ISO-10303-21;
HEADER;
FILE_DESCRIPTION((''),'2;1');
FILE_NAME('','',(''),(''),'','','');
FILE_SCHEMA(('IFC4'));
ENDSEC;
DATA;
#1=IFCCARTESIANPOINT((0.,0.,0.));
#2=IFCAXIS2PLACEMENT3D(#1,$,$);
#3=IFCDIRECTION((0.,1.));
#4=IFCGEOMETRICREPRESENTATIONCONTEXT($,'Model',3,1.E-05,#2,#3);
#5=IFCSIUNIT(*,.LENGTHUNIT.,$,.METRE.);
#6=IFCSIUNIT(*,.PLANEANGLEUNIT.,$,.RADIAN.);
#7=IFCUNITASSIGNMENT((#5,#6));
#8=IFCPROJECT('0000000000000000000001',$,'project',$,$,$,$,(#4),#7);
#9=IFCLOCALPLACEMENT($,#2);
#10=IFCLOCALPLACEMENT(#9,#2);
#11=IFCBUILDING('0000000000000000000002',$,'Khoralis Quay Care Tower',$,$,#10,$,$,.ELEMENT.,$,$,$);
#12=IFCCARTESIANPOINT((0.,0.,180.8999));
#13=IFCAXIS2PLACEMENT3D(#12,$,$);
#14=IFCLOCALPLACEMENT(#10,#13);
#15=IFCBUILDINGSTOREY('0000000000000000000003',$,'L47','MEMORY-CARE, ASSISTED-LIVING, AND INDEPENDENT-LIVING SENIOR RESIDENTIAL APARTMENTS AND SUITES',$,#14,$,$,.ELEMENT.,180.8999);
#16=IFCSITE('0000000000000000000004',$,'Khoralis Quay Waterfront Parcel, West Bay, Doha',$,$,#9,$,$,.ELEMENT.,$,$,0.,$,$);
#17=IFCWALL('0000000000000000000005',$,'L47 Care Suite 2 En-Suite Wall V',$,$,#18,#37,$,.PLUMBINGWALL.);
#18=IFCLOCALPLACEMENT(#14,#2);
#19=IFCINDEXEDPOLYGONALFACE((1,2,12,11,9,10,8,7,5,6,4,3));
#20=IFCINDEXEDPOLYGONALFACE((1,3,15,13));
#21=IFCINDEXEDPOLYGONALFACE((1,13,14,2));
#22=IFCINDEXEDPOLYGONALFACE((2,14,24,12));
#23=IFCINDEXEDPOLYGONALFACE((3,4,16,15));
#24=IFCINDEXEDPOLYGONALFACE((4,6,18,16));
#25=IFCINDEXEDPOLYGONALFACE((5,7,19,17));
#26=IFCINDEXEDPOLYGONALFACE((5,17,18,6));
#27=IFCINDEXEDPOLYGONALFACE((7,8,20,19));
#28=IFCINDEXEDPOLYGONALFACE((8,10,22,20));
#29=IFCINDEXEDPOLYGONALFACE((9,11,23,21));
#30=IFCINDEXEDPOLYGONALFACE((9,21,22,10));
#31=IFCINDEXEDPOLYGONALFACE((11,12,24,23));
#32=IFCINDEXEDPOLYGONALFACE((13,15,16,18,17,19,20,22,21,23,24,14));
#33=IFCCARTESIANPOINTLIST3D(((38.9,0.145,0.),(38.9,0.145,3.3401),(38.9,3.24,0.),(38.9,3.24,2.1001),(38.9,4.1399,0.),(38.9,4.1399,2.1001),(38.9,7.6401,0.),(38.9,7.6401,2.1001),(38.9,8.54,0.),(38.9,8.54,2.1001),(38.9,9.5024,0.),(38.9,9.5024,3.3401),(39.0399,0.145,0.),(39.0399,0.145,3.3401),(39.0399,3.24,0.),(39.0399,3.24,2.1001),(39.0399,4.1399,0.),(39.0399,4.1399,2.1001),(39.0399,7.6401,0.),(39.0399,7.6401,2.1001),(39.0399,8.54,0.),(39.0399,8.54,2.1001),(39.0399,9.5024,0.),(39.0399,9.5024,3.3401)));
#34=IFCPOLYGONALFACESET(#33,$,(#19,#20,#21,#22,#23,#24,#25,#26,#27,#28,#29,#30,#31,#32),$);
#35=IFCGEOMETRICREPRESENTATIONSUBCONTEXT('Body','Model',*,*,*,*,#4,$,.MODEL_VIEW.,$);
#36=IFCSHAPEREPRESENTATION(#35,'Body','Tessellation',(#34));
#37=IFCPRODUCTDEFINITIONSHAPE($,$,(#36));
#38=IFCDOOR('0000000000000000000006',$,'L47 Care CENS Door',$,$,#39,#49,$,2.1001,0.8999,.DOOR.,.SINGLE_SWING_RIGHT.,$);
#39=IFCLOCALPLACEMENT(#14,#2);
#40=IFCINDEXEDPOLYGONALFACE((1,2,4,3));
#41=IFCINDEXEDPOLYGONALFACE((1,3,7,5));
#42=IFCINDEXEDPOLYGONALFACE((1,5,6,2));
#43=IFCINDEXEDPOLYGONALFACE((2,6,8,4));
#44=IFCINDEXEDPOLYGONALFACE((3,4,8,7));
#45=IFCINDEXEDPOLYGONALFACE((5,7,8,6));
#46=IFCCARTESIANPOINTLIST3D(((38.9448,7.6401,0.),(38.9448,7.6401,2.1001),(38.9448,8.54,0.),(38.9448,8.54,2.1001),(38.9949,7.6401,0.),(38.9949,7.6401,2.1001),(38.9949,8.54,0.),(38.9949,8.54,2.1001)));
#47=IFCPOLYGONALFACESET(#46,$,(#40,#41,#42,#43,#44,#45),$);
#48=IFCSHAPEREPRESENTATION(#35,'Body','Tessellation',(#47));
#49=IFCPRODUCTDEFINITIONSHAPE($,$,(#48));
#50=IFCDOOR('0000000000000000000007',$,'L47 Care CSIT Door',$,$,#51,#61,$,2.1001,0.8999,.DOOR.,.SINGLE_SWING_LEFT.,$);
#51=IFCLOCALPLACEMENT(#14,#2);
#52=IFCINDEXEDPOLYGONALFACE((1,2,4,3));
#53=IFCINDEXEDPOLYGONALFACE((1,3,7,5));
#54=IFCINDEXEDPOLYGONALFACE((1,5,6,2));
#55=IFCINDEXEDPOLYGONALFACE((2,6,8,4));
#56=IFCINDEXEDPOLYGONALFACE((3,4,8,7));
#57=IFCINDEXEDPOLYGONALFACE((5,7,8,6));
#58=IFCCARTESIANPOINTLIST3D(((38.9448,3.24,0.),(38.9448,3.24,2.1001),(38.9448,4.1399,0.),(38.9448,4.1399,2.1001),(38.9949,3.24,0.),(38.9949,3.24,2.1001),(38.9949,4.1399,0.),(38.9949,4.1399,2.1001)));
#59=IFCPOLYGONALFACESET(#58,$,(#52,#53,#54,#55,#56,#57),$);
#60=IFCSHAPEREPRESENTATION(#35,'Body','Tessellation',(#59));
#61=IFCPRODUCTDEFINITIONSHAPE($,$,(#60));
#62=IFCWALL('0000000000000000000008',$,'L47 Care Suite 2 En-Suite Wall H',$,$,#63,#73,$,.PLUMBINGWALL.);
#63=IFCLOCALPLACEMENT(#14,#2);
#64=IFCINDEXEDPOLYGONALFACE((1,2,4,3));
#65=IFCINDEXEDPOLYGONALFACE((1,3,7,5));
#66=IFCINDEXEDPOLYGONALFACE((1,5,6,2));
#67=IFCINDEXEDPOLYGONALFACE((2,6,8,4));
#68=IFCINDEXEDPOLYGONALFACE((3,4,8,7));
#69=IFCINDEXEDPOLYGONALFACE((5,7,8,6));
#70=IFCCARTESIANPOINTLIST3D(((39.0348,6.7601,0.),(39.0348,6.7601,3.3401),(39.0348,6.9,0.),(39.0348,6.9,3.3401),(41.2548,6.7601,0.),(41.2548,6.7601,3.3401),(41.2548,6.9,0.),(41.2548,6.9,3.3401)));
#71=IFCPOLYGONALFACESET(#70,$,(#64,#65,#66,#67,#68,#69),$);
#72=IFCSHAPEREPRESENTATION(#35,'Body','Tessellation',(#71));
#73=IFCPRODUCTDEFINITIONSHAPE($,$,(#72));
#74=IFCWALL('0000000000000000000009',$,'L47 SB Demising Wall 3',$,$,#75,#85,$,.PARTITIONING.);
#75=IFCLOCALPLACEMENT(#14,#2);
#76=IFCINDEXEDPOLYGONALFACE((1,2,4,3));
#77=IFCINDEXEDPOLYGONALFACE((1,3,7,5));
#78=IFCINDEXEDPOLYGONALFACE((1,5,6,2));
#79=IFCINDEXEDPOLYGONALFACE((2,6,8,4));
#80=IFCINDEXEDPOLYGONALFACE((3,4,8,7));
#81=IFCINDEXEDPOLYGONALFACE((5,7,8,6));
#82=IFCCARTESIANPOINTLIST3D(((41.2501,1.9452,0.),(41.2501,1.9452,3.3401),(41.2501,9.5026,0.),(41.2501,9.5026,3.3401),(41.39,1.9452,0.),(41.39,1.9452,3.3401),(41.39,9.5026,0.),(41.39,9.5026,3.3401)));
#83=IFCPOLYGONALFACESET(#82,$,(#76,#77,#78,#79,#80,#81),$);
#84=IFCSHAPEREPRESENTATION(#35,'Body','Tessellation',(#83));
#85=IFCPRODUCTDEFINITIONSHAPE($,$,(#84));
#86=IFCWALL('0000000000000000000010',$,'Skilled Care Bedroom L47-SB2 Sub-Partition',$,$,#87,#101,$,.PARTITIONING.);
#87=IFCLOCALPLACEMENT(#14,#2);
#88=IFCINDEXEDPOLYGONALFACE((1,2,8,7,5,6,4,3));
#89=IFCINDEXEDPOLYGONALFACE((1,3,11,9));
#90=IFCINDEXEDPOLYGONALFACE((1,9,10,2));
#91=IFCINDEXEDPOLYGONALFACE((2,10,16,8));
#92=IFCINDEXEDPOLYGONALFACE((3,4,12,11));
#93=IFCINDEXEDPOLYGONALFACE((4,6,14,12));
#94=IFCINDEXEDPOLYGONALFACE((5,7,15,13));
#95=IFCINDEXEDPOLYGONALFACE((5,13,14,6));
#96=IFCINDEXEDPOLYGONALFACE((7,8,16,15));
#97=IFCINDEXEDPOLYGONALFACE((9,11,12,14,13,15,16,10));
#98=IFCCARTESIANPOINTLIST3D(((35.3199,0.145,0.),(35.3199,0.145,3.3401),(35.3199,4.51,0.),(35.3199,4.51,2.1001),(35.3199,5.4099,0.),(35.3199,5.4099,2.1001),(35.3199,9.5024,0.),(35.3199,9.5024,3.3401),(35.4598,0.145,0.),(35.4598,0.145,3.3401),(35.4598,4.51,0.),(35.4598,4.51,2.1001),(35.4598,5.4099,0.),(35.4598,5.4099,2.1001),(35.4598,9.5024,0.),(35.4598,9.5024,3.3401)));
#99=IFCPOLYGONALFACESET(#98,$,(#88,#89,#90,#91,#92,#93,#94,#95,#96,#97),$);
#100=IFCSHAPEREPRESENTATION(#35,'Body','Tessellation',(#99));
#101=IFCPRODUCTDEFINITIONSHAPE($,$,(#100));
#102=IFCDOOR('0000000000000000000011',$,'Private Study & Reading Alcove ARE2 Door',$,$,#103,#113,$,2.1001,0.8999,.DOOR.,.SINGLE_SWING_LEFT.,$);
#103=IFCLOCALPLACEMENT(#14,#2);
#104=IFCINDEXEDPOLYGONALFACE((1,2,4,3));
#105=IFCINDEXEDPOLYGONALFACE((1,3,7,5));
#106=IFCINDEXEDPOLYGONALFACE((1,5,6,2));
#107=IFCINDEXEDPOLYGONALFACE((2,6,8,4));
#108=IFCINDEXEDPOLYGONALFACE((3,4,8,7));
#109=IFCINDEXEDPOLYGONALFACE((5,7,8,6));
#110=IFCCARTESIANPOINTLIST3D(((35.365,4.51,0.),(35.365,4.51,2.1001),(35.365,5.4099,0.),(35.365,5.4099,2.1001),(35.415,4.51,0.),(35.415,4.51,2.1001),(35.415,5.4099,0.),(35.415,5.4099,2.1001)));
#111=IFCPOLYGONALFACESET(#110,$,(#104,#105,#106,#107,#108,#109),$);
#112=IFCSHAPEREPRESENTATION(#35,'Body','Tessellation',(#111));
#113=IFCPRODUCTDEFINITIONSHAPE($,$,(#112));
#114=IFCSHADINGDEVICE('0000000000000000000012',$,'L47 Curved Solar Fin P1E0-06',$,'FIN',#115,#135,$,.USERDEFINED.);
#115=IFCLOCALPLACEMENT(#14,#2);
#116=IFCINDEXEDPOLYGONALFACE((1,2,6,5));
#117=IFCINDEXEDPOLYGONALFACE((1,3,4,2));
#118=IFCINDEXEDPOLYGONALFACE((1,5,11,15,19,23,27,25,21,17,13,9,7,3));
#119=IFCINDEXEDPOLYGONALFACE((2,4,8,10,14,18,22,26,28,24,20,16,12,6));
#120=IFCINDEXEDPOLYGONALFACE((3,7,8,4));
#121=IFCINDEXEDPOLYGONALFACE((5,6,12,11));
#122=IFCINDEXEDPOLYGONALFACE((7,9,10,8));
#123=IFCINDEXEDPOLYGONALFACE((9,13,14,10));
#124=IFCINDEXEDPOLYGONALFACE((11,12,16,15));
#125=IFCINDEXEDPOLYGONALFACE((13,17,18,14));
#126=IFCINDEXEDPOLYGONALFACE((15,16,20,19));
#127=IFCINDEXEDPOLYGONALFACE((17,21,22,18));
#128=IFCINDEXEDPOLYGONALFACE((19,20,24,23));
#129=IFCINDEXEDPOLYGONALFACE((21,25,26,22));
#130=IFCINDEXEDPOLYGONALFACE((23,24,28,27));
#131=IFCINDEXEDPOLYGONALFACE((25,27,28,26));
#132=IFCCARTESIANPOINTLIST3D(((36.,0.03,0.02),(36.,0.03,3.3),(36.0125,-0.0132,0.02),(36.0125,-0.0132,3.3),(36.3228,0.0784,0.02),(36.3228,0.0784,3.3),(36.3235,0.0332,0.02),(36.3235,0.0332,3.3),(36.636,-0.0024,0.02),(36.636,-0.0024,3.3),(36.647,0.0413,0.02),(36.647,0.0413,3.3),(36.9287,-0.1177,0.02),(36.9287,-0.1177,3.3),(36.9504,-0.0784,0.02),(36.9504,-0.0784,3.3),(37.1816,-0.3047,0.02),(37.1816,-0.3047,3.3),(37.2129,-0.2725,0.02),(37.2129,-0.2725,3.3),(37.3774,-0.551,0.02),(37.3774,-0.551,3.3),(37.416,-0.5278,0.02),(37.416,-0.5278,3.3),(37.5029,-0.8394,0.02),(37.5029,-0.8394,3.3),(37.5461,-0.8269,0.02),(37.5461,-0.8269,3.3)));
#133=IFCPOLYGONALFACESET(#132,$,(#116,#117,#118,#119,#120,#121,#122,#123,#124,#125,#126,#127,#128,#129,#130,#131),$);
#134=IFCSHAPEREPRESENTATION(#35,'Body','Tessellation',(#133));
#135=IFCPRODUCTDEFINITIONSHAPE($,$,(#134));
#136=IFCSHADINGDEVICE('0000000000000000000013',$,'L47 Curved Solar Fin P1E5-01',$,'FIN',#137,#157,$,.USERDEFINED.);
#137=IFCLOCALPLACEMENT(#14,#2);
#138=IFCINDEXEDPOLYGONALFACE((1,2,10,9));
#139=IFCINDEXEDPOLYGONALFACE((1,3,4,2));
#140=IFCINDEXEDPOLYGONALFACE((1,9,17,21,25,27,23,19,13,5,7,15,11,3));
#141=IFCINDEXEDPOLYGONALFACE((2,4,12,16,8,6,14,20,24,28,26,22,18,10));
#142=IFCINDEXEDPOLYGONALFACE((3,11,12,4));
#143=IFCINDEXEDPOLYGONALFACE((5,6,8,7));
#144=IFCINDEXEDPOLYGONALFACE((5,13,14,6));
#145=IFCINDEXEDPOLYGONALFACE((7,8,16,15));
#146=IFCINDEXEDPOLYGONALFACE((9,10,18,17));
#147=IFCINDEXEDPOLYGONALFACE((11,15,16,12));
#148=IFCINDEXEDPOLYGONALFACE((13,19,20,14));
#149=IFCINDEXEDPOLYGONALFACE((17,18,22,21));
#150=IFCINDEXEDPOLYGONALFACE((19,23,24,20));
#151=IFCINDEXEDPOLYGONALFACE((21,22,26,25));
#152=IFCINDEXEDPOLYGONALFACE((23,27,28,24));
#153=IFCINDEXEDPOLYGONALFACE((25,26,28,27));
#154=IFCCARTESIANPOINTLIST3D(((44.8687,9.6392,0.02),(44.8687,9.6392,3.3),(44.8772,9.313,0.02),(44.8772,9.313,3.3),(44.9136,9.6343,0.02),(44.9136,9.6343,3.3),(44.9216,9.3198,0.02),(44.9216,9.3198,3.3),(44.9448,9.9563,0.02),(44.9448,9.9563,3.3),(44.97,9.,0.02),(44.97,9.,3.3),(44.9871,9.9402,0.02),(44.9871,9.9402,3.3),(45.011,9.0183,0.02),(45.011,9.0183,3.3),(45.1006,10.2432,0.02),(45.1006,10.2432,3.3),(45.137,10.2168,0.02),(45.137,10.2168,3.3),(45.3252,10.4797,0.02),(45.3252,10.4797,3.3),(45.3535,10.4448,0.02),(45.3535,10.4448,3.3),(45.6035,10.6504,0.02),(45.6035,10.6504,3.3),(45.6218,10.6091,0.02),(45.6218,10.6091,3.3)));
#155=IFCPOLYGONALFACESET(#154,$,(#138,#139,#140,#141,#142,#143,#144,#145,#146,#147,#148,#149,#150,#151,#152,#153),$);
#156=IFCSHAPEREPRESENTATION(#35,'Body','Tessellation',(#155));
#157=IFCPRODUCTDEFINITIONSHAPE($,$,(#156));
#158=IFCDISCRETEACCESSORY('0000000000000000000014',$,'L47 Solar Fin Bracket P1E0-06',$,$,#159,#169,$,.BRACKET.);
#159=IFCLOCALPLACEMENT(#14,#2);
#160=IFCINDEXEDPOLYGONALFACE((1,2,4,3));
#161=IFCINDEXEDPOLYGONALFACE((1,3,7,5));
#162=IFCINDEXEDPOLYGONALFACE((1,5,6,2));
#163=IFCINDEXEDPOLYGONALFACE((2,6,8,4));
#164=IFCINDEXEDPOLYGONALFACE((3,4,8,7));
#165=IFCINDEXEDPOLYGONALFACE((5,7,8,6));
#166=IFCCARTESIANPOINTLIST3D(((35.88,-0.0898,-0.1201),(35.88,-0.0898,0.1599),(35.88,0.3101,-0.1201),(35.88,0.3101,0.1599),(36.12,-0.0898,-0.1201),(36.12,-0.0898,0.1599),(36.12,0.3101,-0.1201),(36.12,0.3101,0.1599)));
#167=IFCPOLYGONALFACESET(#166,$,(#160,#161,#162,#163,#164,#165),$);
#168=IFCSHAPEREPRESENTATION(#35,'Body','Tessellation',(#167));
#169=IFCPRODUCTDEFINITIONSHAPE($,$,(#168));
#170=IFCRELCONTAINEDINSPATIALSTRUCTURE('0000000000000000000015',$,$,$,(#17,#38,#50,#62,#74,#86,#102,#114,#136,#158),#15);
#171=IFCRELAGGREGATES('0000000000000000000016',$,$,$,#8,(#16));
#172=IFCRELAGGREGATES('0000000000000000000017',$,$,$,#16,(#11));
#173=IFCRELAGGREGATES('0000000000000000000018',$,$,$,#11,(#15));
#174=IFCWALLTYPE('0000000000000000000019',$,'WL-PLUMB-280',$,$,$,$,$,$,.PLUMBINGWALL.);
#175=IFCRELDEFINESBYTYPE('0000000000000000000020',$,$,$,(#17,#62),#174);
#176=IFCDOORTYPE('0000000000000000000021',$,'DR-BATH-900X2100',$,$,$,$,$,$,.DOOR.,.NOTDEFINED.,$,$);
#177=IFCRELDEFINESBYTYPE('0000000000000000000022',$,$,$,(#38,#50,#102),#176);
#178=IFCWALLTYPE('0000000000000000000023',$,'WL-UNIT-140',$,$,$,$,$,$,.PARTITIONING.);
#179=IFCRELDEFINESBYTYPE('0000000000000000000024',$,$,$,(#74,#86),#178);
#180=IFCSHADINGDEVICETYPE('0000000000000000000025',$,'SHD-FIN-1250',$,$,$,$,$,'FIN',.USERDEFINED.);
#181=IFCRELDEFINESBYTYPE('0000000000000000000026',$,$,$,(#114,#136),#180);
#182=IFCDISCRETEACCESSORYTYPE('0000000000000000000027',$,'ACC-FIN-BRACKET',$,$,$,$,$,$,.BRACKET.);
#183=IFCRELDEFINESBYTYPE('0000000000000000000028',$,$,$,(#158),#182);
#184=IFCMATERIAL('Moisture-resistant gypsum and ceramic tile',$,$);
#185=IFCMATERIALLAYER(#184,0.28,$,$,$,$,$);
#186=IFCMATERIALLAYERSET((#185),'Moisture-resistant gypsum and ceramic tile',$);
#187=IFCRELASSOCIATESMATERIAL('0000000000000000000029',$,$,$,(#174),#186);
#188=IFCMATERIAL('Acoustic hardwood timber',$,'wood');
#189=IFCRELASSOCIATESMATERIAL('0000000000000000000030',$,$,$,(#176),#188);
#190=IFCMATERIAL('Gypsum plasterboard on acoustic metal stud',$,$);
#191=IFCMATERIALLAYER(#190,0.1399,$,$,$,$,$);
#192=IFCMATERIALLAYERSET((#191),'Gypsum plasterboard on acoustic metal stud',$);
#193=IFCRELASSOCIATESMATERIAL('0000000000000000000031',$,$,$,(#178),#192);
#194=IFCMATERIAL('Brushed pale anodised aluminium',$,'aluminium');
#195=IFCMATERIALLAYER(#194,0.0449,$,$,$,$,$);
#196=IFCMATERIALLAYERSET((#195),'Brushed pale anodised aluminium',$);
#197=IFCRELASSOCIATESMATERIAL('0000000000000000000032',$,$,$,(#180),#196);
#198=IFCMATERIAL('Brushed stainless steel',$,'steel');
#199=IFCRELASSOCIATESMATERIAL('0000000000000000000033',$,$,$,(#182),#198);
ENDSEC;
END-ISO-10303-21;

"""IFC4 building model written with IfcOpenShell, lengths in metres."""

from ifc_helpers import new_model, si_unit, direction, frame, frame_2d, origin, origin_2d, place, context, subcontext, project, spatial, polyline, rectangle, outline, extrude, source, transform, mapped, material, layer, layer_set, type_object, element, fill, save


model = new_model("IFC4")

# Units and contexts
model_context = context("Model", 3, precision=1e-05, world=origin(), true_north=direction((0.0, 1.0)))
body_context = subcontext(model_context, "Body", "Model", "MODEL_VIEW")
ifc_project = project(units=[si_unit("LENGTHUNIT", "METRE"), si_unit("PLANEANGLEUNIT", "RADIAN")], contexts=[model_context])

# Site, building, storey
site_placement = place(None, origin())
site = spatial("IfcSite", under=ifc_project, at=site_placement, Name="Khoralis Quay Waterfront Parcel, West Bay, Doha", CompositionType="ELEMENT", RefElevation=0.0)
building_placement = place(site_placement, origin())
building = spatial("IfcBuilding", under=site, at=building_placement, Name="Khoralis Quay Care Tower", CompositionType="ELEMENT")
storey_placement = place(building_placement, frame((0.0, 0.0, 180.8999)))
storey = spatial("IfcBuildingStorey", under=building, at=storey_placement, Name="L47", Description="MEMORY-CARE, ASSISTED-LIVING, AND INDEPENDENT-LIVING SENIOR RESIDENTIAL APARTMENTS AND SUITES", CompositionType="ELEMENT", Elevation=180.8999)

# Shared definitions
ifc_material_1 = material(Name="Gypsum plasterboard on acoustic metal stud")

# Shared definitions
ifc_material_2 = material(Name="Acoustic hardwood timber", Category="wood")

# Wall, openings, doors
ifc_material_3 = material(Name="Moisture-resistant gypsum and ceramic tile")
ifc_layer_1 = layer(ifc_material_3, 0.28)
ifc_layer_set_1 = layer_set([ifc_layer_1], Name="Moisture-resistant gypsum and ceramic tile")
wall_type_1 = type_object("IfcWallType", Name="WL-PLUMB-280", PredefinedType="PLUMBINGWALL", material=ifc_layer_set_1)
wall_1_placement = place(storey_placement, frame((38.97, 0.145, 0.0), z_axis=(0.0, 0.0, 1.0), x_axis=(0.0, 1.0, 0.0)))
wall_1 = element("IfcWall", 1, at=wall_1_placement, inside=storey, type_object=wall_type_1, Name="L47 Care Suite 2 En-Suite Wall V", PredefinedType="PLUMBINGWALL", context=body_context, shape_type="SweptSolid", body=[
    extrude(rectangle(XDim=9.3574, YDim=0.1399, at=frame_2d((4.6787, 0.0))), origin(), (0.0, 0.0, 1.0), 3.3401),
])
opening_1_placement = place(wall_1_placement, frame((7.4951, 0.0, 0.0)))
opening_1 = element("IfcOpeningElement", 2, at=opening_1_placement, cuts=wall_1, PredefinedType="OPENING", context=body_context, shape_type="SweptSolid", body=[
    extrude(rectangle(XDim=0.8999, YDim=2.1001, at=frame_2d((0.45, 1.05))), frame((0.0, 0.0801, 0.0), z_axis=(0.0, -1.0, 0.0), x_axis=(1.0, 0.0, 0.0)), (0.0, 0.0, 1.0), 0.1599),
])
opening_2_placement = place(wall_1_placement, frame((3.095, 0.0, 0.0)))
opening_2 = element("IfcOpeningElement", 3, at=opening_2_placement, cuts=wall_1, PredefinedType="OPENING", context=body_context, shape_type="SweptSolid", body=[
    extrude(rectangle(XDim=0.8999, YDim=2.1001, at=frame_2d((0.45, 1.05))), frame((0.0, 0.0801, 0.0), z_axis=(0.0, -1.0, 0.0), x_axis=(1.0, 0.0, 0.0)), (0.0, 0.0, 1.0), 0.1599),
])
door_type_1 = type_object("IfcDoorType", Name="DR-BATH-900X2100", OperationType="NOTDEFINED", PredefinedType="DOOR", material=ifc_material_2)
shared_shape_1 = source(origin(), body_context, "Body", "SweptSolid", [
    extrude(rectangle(XDim=0.8999, YDim=2.1001, at=frame_2d((0.45, 1.05))), frame((0.0, 0.0249, 0.0), z_axis=(0.0, -1.0, 0.0), x_axis=(1.0, 0.0, 0.0)), (0.0, 0.0, 1.0), 0.05),
])
door_1_placement = place(opening_1_placement, frame((0.8999, 0.0, 0.0), z_axis=(0.0, 0.0, 1.0), x_axis=(-1.0, 0.0, 0.0)))
door_1 = element("IfcDoor", 4, at=door_1_placement, inside=storey, type_object=door_type_1, Name="L47 Care CENS Door", OperationType="SINGLE_SWING_RIGHT", OverallHeight=2.1001, OverallWidth=0.8999, PredefinedType="DOOR", context=body_context, shape_type="MappedRepresentation", body=[
    mapped(shared_shape_1, transform((0.0, 0.0, 0.0), scale=1.0)),
])
fill(opening_1, door_1)
door_2_placement = place(opening_2_placement, frame((0.8999, 0.0, 0.0), z_axis=(0.0, 0.0, 1.0), x_axis=(-1.0, 0.0, 0.0)))
door_2 = element("IfcDoor", 5, at=door_2_placement, inside=storey, type_object=door_type_1, Name="L47 Care CSIT Door", OperationType="SINGLE_SWING_LEFT", OverallHeight=2.1001, OverallWidth=0.8999, PredefinedType="DOOR", context=body_context, shape_type="MappedRepresentation", body=[
    mapped(shared_shape_1, transform((0.0, 0.0, 0.0), scale=1.0)),
])
fill(opening_2, door_2)

# Walls
wall_2_placement = place(storey_placement, frame((39.0349, 6.8301, 0.0), z_axis=(0.0, 0.0, 1.0), x_axis=(1.0, 0.0, 0.0)))
element("IfcWall", 6, at=wall_2_placement, inside=storey, type_object=wall_type_1, Name="L47 Care Suite 2 En-Suite Wall H", PredefinedType="PLUMBINGWALL", context=body_context, shape_type="SweptSolid", body=[
    extrude(rectangle(XDim=2.22, YDim=0.1399, at=frame_2d((1.1099, 0.0))), origin(), (0.0, 0.0, 1.0), 3.3401),
])
ifc_layer_2 = layer(ifc_material_1, 0.1399)
ifc_layer_set_2 = layer_set([ifc_layer_2], Name="Gypsum plasterboard on acoustic metal stud")
wall_type_2 = type_object("IfcWallType", Name="WL-UNIT-140", PredefinedType="PARTITIONING", material=ifc_layer_set_2)
wall_3_placement = place(storey_placement, frame((41.3201, 1.9451, 0.0), z_axis=(0.0, 0.0, 1.0), x_axis=(0.0, 1.0, 0.0)))
element("IfcWall", 7, at=wall_3_placement, inside=storey, type_object=wall_type_2, Name="L47 SB Demising Wall 3", PredefinedType="PARTITIONING", context=body_context, shape_type="SweptSolid", body=[
    extrude(rectangle(XDim=7.5574, YDim=0.1399, at=frame_2d((3.7788, 0.0))), origin(), (0.0, 0.0, 1.0), 3.3401),
])

# Wall, opening, door
wall_4_placement = place(storey_placement, frame((35.3899, 0.145, 0.0), z_axis=(0.0, 0.0, 1.0), x_axis=(0.0, 1.0, 0.0)))
wall_4 = element("IfcWall", 8, at=wall_4_placement, inside=storey, type_object=wall_type_2, Name="Skilled Care Bedroom L47-SB2 Sub-Partition", PredefinedType="PARTITIONING", context=body_context, shape_type="SweptSolid", body=[
    extrude(rectangle(XDim=9.3574, YDim=0.1399, at=frame_2d((4.6787, 0.0))), origin(), (0.0, 0.0, 1.0), 3.3401),
])
opening_3_placement = place(wall_4_placement, frame((4.365, 0.0, 0.0)))
opening_3 = element("IfcOpeningElement", 9, at=opening_3_placement, cuts=wall_4, PredefinedType="OPENING", context=body_context, shape_type="SweptSolid", body=[
    extrude(rectangle(XDim=0.8999, YDim=2.1001, at=frame_2d((0.45, 1.05))), frame((0.0, 0.0801, 0.0), z_axis=(0.0, -1.0, 0.0), x_axis=(1.0, 0.0, 0.0)), (0.0, 0.0, 1.0), 0.1599),
])
door_3_placement = place(opening_3_placement, origin())
door_3 = element("IfcDoor", 10, at=door_3_placement, inside=storey, type_object=door_type_1, Name="Private Study & Reading Alcove ARE2 Door", OperationType="SINGLE_SWING_LEFT", OverallHeight=2.1001, OverallWidth=0.8999, PredefinedType="DOOR", context=body_context, shape_type="MappedRepresentation", body=[
    mapped(shared_shape_1, transform((0.0, 0.0, 0.0), scale=1.0)),
])
fill(opening_3, door_3)

# Shading devices
ifc_material_4 = material(Name="Brushed pale anodised aluminium", Category="aluminium")
ifc_layer_3 = layer(ifc_material_4, 0.0449)
ifc_layer_set_3 = layer_set([ifc_layer_3], Name="Brushed pale anodised aluminium")
shading_device_type = type_object("IfcShadingDeviceType", Name="SHD-FIN-1250", ElementType="FIN", PredefinedType="USERDEFINED", material=ifc_layer_set_3)
shared_shape_2 = source(origin(), body_context, "Body", "SweptSolid", [
    extrude(outline(polyline([(0.0, 0.0), (-0.0483, 0.3228), (-0.0112, 0.647), (0.1084, 0.9504), (0.3025, 1.2129), (0.5579, 1.416), (0.8569, 1.5461), (0.8694, 1.5029), (0.5811, 1.3774), (0.3347, 1.1816), (0.1477, 0.9287), (0.0325, 0.636), (-0.0032, 0.3235), (0.0432, 0.0125), (0.0, 0.0)])), origin(), (0.0, 0.0, 1.0), 3.28),
])
shading_device_1_placement = place(storey_placement, frame((36.0, 0.03, 0.02), z_axis=(0.0, 0.0, 1.0), x_axis=(0.0, -1.0, 0.0)))
element("IfcShadingDevice", 11, at=shading_device_1_placement, inside=storey, type_object=shading_device_type, Name="L47 Curved Solar Fin P1E0-06", ObjectType="FIN", PredefinedType="USERDEFINED", context=body_context, shape_type="MappedRepresentation", body=[
    mapped(shared_shape_2, transform((0.0, 0.0, 0.0), scale=1.0)),
])
shared_shape_3 = source(origin(), body_context, "Body", "SweptSolid", [
    extrude(outline(polyline([(0.0, 0.0), (-0.0928, 0.313), (-0.1013, 0.6392), (-0.0251, 0.9563), (0.1306, 1.2432), (0.3552, 1.4797), (0.6335, 1.6504), (0.6519, 1.6091), (0.3835, 1.4448), (0.167, 1.2168), (0.0171, 0.9402), (-0.0564, 0.6343), (-0.0483, 0.3198), (0.041, 0.0183), (0.0, 0.0)])), origin(), (0.0, 0.0, 1.0), 3.28),
])
shading_device_2_placement = place(storey_placement, frame((44.97, 9.0, 0.02), z_axis=(0.0, 0.0, 1.0), x_axis=(1.0, 0.0, 0.0)))
element("IfcShadingDevice", 12, at=shading_device_2_placement, inside=storey, type_object=shading_device_type, Name="L47 Curved Solar Fin P1E5-01", ObjectType="FIN", PredefinedType="USERDEFINED", context=body_context, shape_type="MappedRepresentation", body=[
    mapped(shared_shape_3, transform((0.0, 0.0, 0.0), scale=1.0)),
])

# Discrete accessory
ifc_material_5 = material(Name="Brushed stainless steel", Category="steel")
discrete_accessory_type = type_object("IfcDiscreteAccessoryType", Name="ACC-FIN-BRACKET", PredefinedType="BRACKET", material=ifc_material_5)
shared_shape_4 = source(origin(), body_context, "Body", "SweptSolid", [
    extrude(rectangle(XDim=0.3999, YDim=0.24, at=origin_2d()), origin(), (0.0, 0.0, 1.0), 0.28),
])
for number, where, z_axis, x_axis, name in (
    (13, (36.0, 0.1101, -0.1201), (0.0, 0.0, 1.0), (0.0, -1.0, 0.0), "L47 Solar Fin Bracket P1E0-06"),
):
    element("IfcDiscreteAccessory", number, at=place(storey_placement, frame(where, z_axis=z_axis, x_axis=x_axis)), inside=storey, type_object=discrete_accessory_type, Name=name, PredefinedType="BRACKET", context=body_context, shape_type="MappedRepresentation", body=[
        mapped(shared_shape_4, transform((0.0, 0.0, 0.0), scale=1.0)),
    ])

save(model, "model.ifc")
